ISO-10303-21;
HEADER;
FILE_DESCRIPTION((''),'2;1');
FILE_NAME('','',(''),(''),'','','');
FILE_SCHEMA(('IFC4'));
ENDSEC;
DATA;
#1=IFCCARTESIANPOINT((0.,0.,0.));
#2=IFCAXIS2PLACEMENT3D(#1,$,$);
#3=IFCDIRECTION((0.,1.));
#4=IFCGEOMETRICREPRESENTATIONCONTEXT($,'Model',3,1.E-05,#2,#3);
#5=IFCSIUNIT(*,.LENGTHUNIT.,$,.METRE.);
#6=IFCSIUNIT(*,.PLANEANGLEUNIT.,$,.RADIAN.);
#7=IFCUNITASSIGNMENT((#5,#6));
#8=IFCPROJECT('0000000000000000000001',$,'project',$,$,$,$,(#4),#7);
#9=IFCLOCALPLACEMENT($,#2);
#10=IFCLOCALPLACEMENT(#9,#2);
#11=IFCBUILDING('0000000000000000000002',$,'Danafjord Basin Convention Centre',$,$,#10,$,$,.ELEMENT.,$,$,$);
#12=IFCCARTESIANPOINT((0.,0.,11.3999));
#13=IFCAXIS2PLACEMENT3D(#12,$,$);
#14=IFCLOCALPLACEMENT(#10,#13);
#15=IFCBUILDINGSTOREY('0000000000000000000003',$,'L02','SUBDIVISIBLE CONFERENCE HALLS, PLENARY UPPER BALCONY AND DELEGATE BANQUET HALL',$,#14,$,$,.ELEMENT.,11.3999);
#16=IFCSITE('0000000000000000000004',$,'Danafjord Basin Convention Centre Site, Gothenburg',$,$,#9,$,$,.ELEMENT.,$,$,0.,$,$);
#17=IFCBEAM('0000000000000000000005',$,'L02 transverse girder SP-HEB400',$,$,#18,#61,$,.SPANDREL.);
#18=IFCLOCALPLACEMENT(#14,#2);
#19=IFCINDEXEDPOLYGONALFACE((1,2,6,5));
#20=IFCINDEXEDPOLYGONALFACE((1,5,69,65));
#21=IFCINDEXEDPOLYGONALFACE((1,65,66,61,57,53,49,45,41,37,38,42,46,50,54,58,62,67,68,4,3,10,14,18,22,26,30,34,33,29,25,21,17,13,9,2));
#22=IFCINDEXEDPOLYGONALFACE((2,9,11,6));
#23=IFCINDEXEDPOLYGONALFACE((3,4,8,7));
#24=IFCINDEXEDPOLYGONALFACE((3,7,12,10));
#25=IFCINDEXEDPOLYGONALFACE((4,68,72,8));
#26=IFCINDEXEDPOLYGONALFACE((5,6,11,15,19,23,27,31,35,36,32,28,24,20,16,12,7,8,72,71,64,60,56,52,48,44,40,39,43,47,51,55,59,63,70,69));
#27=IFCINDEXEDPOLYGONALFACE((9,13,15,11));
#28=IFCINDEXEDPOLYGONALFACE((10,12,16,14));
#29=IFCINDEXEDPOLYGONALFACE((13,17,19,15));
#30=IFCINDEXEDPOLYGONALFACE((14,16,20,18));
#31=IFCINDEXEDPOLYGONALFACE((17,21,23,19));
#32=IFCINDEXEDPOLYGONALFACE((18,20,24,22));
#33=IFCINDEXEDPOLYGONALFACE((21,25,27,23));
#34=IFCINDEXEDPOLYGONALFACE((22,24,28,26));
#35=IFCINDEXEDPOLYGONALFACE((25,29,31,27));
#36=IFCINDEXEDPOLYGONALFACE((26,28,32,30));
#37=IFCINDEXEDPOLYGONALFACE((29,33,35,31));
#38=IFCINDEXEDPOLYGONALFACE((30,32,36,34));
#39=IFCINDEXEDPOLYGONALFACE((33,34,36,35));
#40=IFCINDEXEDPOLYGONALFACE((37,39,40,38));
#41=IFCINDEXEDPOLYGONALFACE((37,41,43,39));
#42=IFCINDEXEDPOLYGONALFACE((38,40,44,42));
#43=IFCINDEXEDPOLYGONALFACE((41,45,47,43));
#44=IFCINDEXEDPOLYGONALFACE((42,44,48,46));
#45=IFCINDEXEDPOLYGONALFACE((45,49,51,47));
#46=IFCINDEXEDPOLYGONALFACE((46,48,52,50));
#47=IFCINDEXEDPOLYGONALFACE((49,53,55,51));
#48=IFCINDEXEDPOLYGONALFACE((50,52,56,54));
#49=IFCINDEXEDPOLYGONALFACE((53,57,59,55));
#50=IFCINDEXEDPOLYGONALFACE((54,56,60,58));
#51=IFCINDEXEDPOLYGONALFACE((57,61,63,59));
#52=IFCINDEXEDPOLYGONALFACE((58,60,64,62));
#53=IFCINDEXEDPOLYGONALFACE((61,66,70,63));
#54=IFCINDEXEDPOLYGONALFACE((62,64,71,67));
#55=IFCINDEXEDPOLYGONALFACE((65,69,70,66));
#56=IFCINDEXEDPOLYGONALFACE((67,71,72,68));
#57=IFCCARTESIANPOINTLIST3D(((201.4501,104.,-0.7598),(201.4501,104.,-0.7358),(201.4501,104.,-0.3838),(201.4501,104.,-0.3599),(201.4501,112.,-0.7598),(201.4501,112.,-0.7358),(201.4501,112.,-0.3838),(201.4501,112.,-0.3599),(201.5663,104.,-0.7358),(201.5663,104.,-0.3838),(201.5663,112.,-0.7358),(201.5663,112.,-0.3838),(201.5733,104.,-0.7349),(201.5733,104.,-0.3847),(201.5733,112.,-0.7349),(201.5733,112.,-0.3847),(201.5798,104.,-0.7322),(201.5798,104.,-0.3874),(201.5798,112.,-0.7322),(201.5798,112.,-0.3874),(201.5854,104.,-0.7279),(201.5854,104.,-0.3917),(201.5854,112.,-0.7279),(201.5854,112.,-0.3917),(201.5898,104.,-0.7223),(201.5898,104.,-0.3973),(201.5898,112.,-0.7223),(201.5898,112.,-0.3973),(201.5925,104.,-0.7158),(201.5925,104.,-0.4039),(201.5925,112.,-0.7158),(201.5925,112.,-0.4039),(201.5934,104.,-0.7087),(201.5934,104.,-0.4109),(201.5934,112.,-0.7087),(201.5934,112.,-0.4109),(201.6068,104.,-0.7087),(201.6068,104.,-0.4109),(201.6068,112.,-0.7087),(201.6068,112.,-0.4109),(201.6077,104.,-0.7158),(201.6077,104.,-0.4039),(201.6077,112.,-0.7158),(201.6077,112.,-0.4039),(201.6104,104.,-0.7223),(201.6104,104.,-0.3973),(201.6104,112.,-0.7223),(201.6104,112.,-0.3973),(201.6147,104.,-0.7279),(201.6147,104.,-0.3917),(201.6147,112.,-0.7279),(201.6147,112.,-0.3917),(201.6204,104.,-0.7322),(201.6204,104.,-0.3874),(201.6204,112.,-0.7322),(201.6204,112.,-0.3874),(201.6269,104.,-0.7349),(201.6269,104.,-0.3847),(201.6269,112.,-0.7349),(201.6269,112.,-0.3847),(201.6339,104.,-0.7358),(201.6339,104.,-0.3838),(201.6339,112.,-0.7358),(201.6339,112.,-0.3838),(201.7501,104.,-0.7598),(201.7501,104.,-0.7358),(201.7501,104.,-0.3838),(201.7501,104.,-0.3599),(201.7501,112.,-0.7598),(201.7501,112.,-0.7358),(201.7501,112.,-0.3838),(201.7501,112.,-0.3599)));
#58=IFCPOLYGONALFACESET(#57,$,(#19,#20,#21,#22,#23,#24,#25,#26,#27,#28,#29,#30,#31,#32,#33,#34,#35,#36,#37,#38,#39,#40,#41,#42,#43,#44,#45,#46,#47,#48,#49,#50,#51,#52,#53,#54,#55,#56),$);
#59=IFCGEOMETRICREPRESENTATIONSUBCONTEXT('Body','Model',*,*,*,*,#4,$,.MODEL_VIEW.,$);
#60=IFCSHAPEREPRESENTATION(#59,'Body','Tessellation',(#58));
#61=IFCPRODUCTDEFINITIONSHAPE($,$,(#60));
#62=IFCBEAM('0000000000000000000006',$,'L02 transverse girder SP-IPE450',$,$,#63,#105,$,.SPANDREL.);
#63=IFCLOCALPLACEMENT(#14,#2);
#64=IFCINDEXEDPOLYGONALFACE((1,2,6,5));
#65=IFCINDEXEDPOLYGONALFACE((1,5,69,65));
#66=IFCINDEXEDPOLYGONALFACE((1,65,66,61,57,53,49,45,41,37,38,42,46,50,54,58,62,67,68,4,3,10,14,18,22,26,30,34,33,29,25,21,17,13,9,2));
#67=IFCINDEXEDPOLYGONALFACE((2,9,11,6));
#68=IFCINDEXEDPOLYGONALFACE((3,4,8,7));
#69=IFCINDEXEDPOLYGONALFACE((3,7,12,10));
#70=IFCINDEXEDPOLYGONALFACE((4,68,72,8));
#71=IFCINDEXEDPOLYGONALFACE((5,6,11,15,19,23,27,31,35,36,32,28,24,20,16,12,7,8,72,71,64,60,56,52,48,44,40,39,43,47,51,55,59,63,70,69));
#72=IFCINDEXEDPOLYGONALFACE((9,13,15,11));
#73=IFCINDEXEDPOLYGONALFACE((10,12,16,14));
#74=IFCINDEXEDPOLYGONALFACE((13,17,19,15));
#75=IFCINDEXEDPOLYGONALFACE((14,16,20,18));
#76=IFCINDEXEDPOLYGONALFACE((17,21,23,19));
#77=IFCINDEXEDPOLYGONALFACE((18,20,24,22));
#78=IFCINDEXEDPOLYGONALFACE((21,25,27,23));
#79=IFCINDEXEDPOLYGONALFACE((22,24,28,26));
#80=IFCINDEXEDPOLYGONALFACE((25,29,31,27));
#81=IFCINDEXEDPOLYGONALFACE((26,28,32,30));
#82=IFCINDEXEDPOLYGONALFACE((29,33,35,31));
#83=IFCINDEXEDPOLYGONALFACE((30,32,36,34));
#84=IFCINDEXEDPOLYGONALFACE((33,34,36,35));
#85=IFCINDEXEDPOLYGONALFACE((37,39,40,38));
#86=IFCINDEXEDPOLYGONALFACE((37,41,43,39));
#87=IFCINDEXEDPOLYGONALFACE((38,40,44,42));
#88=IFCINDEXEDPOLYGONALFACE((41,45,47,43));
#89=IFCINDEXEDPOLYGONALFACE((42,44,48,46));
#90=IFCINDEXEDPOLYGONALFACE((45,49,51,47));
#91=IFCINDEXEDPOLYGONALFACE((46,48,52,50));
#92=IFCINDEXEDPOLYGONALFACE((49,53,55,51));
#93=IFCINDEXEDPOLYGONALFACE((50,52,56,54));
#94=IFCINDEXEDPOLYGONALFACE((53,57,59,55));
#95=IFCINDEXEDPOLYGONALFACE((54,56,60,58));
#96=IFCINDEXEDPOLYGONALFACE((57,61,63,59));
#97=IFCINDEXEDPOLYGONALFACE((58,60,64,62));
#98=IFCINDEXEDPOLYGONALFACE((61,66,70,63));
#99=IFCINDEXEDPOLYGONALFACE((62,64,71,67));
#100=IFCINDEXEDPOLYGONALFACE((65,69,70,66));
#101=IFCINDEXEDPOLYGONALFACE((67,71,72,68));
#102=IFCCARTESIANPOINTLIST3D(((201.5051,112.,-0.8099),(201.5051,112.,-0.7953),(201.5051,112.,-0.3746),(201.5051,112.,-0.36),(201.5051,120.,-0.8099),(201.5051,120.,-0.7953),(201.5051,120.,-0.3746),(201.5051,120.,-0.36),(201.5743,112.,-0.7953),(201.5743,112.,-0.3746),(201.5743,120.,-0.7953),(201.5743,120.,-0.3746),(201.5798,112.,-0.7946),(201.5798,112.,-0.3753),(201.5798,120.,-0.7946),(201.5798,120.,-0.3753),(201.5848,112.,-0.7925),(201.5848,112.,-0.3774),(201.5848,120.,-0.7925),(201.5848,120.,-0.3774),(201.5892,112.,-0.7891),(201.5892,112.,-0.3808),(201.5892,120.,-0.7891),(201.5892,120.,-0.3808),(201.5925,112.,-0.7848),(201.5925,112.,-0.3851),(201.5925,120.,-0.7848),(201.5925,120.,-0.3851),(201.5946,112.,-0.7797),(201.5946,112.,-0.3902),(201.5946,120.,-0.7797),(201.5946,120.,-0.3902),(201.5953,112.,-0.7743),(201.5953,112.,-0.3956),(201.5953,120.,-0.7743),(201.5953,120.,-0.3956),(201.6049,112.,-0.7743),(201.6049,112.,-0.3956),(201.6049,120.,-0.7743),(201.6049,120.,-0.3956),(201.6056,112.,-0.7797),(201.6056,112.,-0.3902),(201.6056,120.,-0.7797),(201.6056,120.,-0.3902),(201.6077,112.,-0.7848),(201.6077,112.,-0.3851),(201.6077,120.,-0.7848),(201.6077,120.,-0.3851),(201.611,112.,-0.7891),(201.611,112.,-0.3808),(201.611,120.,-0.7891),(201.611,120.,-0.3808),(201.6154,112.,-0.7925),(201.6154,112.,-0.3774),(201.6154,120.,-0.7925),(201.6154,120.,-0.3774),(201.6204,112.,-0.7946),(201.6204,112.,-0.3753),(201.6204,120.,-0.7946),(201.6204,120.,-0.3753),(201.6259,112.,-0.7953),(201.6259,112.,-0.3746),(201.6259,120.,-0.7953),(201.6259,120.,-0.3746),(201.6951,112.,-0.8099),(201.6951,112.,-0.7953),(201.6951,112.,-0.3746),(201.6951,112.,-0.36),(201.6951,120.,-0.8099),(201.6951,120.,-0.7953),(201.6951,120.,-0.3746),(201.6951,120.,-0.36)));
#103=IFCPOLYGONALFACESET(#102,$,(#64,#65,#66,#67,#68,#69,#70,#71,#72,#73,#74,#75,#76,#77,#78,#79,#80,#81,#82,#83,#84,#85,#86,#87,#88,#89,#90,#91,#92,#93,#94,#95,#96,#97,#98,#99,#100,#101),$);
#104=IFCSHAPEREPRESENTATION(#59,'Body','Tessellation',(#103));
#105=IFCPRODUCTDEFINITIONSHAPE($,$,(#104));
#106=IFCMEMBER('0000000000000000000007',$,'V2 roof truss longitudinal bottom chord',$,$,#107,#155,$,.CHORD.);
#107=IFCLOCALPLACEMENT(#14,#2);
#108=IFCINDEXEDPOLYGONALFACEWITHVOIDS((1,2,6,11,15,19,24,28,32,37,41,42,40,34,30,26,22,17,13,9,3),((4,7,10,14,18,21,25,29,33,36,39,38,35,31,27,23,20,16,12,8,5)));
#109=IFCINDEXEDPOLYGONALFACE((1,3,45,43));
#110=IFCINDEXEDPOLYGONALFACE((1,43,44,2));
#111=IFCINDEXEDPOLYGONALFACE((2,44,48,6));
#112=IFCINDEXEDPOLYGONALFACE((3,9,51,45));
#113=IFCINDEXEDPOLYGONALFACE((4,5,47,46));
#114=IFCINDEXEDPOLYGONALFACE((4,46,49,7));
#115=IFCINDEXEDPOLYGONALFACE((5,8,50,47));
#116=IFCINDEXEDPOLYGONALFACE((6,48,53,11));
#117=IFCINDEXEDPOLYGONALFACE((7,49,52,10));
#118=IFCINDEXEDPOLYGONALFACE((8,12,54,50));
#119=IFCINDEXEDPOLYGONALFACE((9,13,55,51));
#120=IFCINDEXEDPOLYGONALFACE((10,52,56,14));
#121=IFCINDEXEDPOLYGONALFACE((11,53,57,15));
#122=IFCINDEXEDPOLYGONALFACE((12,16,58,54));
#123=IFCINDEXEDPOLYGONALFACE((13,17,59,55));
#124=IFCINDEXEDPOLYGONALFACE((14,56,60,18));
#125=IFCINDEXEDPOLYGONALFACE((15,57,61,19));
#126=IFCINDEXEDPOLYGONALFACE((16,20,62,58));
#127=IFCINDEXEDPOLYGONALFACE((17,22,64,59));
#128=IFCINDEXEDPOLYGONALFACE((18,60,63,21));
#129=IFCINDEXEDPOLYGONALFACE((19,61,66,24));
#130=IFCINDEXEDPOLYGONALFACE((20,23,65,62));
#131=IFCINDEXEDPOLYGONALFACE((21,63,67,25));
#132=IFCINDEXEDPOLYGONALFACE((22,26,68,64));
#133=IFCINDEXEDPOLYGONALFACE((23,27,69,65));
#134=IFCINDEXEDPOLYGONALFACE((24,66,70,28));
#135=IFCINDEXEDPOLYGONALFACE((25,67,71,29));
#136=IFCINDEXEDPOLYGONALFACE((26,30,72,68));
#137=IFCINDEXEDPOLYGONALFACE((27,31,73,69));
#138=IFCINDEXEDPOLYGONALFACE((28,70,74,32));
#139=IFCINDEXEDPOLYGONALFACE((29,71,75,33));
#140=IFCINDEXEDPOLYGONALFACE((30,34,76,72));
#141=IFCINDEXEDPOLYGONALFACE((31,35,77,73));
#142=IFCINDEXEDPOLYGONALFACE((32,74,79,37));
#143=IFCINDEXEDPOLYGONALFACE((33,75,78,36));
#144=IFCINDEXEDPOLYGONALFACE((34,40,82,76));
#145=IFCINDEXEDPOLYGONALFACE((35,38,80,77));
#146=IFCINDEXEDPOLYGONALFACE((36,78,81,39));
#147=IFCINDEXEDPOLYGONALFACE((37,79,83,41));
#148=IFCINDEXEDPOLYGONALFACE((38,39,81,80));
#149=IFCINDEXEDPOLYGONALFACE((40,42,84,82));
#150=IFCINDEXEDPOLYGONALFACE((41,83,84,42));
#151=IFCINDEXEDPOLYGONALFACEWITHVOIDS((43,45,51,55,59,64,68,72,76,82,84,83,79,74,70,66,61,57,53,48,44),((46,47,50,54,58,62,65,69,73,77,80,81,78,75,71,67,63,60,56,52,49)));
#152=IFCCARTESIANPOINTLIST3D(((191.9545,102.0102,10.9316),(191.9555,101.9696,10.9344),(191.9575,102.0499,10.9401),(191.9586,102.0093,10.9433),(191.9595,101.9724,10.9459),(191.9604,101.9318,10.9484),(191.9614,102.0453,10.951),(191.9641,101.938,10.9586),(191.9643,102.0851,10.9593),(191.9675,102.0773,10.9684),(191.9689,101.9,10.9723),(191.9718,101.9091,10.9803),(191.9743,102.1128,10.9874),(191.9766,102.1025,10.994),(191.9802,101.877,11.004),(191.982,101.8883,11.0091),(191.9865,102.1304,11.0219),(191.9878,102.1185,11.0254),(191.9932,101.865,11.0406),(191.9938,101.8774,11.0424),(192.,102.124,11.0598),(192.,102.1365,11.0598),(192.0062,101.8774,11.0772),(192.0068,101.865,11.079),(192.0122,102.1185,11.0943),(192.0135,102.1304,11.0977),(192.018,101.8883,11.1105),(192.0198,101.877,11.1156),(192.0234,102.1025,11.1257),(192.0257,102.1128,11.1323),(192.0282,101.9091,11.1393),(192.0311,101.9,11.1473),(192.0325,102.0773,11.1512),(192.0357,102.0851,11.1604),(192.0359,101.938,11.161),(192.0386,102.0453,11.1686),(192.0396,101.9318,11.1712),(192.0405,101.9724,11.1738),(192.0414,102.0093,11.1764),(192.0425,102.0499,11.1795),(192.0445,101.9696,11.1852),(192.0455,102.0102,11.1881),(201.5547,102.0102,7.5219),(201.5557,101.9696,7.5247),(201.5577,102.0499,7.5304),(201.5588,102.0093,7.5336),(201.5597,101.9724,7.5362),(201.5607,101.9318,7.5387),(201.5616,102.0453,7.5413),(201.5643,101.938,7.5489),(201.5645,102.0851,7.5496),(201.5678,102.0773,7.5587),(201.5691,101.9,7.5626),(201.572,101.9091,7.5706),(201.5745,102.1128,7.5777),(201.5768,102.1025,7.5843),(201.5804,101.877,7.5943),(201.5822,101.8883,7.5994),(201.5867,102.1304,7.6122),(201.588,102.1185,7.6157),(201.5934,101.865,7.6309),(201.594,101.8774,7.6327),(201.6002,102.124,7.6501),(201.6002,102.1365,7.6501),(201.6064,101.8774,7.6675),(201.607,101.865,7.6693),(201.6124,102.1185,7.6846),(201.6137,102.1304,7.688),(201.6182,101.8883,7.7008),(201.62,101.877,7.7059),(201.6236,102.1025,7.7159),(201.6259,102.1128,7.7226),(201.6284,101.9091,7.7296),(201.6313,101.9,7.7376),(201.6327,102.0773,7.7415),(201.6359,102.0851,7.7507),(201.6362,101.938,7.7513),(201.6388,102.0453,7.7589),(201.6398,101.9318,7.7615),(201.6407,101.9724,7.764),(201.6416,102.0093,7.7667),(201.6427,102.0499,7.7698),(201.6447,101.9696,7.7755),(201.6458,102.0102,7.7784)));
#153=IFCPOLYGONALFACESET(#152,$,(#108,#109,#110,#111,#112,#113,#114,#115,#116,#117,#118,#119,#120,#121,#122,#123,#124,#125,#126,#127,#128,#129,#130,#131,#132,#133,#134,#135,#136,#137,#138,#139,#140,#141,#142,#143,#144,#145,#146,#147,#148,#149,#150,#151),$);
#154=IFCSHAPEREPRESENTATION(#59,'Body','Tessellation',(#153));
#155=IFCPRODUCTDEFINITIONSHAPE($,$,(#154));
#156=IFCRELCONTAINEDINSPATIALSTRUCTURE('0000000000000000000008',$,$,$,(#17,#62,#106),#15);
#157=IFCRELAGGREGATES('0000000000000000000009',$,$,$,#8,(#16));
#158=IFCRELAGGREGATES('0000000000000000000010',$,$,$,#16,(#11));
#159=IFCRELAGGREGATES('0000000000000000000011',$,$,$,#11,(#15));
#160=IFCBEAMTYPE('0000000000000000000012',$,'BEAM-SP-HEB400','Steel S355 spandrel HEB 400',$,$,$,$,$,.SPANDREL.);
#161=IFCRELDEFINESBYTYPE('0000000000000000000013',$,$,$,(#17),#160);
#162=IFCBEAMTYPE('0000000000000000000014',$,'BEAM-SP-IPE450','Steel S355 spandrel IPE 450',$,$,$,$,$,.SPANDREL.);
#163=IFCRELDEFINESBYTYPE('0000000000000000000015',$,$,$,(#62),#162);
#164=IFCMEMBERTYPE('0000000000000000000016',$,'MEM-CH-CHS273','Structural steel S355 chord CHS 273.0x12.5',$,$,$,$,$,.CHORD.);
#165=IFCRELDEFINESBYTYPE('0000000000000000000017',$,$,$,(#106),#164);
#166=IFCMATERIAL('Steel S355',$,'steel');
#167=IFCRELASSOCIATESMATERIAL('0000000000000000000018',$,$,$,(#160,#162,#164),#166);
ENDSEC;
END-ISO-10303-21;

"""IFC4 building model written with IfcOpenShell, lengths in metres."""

from ifc_helpers import new_model, si_unit, direction, frame, origin, origin_2d, place, context, subcontext, project, spatial, hollow_circle, i_section, extrude, material, material_profile, profile_set, type_object, element, save


model = new_model("IFC4")

# Units and contexts
model_context = context("Model", 3, precision=1e-05, world=origin(), true_north=direction((0.0, 1.0)))
body_context = subcontext(model_context, "Body", "Model", "MODEL_VIEW")
ifc_project = project(units=[si_unit("LENGTHUNIT", "METRE"), si_unit("PLANEANGLEUNIT", "RADIAN")], contexts=[model_context])

# Site, building, storey
site_placement = place(None, origin())
site = spatial("IfcSite", under=ifc_project, at=site_placement, Name="Danafjord Basin Convention Centre Site, Gothenburg", CompositionType="ELEMENT", RefElevation=0.0)
building_placement = place(site_placement, origin())
building = spatial("IfcBuilding", under=site, at=building_placement, Name="Danafjord Basin Convention Centre", CompositionType="ELEMENT")
storey_placement = place(building_placement, frame((0.0, 0.0, 11.3999)))
storey = spatial("IfcBuildingStorey", under=building, at=storey_placement, Name="L02", Description="SUBDIVISIBLE CONFERENCE HALLS, PLENARY UPPER BALCONY AND DELEGATE BANQUET HALL", CompositionType="ELEMENT", Elevation=11.3999)

# Shared definitions
ifc_material_1 = material(Name="Steel S355", Category="steel")

# Beams
ifc_material_profile_1 = material_profile(ifc_material_1, i_section(OverallWidth=0.3, OverallDepth=0.3999, WebThickness=0.0134, FlangeThickness=0.0239, FilletRadius=0.0271, at=origin_2d()), Name="HEB 400")
ifc_profile_set_1 = profile_set([ifc_material_profile_1], Name="Steel S355")
beam_type_1 = type_object("IfcBeamType", Name="BEAM-SP-HEB400", Description="Steel S355 spandrel HEB 400", PredefinedType="SPANDREL", material=ifc_profile_set_1)
beam_1_placement = place(storey_placement, frame((201.6001, 104.0, -0.5598), z_axis=(0.0, 1.0, 0.0), x_axis=(-1.0, 0.0, 0.0)))
element("IfcBeam", 1, at=beam_1_placement, inside=storey, type_object=beam_type_1, Name="L02 transverse girder SP-HEB400", PredefinedType="SPANDREL", context=body_context, shape_type="SweptSolid", body=[
    extrude(i_section(OverallWidth=0.3, OverallDepth=0.3999, WebThickness=0.0134, FlangeThickness=0.0239, FilletRadius=0.0271, at=origin_2d()), origin(), (0.0, 0.0, 1.0), 8.0),
])
ifc_material_profile_2 = material_profile(ifc_material_1, i_section(OverallWidth=0.1899, OverallDepth=0.45, WebThickness=0.0095, FlangeThickness=0.0146, FilletRadius=0.021, at=origin_2d()), Name="IPE 450")
ifc_profile_set_2 = profile_set([ifc_material_profile_2], Name="Steel S355")
beam_type_2 = type_object("IfcBeamType", Name="BEAM-SP-IPE450", Description="Steel S355 spandrel IPE 450", PredefinedType="SPANDREL", material=ifc_profile_set_2)
beam_2_placement = place(storey_placement, frame((201.6001, 112.0, -0.585), z_axis=(0.0, 1.0, 0.0), x_axis=(-1.0, 0.0, 0.0)))
element("IfcBeam", 2, at=beam_2_placement, inside=storey, type_object=beam_type_2, Name="L02 transverse girder SP-IPE450", PredefinedType="SPANDREL", context=body_context, shape_type="SweptSolid", body=[
    extrude(i_section(OverallWidth=0.1899, OverallDepth=0.45, WebThickness=0.0095, FlangeThickness=0.0146, FilletRadius=0.021, at=origin_2d()), origin(), (0.0, 0.0, 1.0), 8.0),
])

# Member
ifc_material_profile_3 = material_profile(ifc_material_1, hollow_circle(Radius=0.1365, WallThickness=0.0125, at=origin_2d()), Name="CHS 273.0x12.5")
ifc_profile_set_3 = profile_set([ifc_material_profile_3], Name="Steel S355")
member_type_1 = type_object("IfcMemberType", Name="MEM-CH-CHS273", Description="Structural steel S355 chord CHS 273.0x12.5", PredefinedType="CHORD", material=ifc_profile_set_3)
member_1_placement = place(storey_placement, frame((192.0, 102.0, 11.0598), z_axis=(0.942329, 0.0, -0.334687), x_axis=(0.0, 1.0, 0.0)))
element("IfcMember", 3, at=member_1_placement, inside=storey, type_object=member_type_1, Name="V2 roof truss longitudinal bottom chord", PredefinedType="CHORD", context=body_context, shape_type="SweptSolid", body=[
    extrude(hollow_circle(Radius=0.1365, WallThickness=0.0125, at=origin_2d()), origin(), (0.0, 0.0, 1.0), 10.1877),
])

save(model, "model.ifc")
